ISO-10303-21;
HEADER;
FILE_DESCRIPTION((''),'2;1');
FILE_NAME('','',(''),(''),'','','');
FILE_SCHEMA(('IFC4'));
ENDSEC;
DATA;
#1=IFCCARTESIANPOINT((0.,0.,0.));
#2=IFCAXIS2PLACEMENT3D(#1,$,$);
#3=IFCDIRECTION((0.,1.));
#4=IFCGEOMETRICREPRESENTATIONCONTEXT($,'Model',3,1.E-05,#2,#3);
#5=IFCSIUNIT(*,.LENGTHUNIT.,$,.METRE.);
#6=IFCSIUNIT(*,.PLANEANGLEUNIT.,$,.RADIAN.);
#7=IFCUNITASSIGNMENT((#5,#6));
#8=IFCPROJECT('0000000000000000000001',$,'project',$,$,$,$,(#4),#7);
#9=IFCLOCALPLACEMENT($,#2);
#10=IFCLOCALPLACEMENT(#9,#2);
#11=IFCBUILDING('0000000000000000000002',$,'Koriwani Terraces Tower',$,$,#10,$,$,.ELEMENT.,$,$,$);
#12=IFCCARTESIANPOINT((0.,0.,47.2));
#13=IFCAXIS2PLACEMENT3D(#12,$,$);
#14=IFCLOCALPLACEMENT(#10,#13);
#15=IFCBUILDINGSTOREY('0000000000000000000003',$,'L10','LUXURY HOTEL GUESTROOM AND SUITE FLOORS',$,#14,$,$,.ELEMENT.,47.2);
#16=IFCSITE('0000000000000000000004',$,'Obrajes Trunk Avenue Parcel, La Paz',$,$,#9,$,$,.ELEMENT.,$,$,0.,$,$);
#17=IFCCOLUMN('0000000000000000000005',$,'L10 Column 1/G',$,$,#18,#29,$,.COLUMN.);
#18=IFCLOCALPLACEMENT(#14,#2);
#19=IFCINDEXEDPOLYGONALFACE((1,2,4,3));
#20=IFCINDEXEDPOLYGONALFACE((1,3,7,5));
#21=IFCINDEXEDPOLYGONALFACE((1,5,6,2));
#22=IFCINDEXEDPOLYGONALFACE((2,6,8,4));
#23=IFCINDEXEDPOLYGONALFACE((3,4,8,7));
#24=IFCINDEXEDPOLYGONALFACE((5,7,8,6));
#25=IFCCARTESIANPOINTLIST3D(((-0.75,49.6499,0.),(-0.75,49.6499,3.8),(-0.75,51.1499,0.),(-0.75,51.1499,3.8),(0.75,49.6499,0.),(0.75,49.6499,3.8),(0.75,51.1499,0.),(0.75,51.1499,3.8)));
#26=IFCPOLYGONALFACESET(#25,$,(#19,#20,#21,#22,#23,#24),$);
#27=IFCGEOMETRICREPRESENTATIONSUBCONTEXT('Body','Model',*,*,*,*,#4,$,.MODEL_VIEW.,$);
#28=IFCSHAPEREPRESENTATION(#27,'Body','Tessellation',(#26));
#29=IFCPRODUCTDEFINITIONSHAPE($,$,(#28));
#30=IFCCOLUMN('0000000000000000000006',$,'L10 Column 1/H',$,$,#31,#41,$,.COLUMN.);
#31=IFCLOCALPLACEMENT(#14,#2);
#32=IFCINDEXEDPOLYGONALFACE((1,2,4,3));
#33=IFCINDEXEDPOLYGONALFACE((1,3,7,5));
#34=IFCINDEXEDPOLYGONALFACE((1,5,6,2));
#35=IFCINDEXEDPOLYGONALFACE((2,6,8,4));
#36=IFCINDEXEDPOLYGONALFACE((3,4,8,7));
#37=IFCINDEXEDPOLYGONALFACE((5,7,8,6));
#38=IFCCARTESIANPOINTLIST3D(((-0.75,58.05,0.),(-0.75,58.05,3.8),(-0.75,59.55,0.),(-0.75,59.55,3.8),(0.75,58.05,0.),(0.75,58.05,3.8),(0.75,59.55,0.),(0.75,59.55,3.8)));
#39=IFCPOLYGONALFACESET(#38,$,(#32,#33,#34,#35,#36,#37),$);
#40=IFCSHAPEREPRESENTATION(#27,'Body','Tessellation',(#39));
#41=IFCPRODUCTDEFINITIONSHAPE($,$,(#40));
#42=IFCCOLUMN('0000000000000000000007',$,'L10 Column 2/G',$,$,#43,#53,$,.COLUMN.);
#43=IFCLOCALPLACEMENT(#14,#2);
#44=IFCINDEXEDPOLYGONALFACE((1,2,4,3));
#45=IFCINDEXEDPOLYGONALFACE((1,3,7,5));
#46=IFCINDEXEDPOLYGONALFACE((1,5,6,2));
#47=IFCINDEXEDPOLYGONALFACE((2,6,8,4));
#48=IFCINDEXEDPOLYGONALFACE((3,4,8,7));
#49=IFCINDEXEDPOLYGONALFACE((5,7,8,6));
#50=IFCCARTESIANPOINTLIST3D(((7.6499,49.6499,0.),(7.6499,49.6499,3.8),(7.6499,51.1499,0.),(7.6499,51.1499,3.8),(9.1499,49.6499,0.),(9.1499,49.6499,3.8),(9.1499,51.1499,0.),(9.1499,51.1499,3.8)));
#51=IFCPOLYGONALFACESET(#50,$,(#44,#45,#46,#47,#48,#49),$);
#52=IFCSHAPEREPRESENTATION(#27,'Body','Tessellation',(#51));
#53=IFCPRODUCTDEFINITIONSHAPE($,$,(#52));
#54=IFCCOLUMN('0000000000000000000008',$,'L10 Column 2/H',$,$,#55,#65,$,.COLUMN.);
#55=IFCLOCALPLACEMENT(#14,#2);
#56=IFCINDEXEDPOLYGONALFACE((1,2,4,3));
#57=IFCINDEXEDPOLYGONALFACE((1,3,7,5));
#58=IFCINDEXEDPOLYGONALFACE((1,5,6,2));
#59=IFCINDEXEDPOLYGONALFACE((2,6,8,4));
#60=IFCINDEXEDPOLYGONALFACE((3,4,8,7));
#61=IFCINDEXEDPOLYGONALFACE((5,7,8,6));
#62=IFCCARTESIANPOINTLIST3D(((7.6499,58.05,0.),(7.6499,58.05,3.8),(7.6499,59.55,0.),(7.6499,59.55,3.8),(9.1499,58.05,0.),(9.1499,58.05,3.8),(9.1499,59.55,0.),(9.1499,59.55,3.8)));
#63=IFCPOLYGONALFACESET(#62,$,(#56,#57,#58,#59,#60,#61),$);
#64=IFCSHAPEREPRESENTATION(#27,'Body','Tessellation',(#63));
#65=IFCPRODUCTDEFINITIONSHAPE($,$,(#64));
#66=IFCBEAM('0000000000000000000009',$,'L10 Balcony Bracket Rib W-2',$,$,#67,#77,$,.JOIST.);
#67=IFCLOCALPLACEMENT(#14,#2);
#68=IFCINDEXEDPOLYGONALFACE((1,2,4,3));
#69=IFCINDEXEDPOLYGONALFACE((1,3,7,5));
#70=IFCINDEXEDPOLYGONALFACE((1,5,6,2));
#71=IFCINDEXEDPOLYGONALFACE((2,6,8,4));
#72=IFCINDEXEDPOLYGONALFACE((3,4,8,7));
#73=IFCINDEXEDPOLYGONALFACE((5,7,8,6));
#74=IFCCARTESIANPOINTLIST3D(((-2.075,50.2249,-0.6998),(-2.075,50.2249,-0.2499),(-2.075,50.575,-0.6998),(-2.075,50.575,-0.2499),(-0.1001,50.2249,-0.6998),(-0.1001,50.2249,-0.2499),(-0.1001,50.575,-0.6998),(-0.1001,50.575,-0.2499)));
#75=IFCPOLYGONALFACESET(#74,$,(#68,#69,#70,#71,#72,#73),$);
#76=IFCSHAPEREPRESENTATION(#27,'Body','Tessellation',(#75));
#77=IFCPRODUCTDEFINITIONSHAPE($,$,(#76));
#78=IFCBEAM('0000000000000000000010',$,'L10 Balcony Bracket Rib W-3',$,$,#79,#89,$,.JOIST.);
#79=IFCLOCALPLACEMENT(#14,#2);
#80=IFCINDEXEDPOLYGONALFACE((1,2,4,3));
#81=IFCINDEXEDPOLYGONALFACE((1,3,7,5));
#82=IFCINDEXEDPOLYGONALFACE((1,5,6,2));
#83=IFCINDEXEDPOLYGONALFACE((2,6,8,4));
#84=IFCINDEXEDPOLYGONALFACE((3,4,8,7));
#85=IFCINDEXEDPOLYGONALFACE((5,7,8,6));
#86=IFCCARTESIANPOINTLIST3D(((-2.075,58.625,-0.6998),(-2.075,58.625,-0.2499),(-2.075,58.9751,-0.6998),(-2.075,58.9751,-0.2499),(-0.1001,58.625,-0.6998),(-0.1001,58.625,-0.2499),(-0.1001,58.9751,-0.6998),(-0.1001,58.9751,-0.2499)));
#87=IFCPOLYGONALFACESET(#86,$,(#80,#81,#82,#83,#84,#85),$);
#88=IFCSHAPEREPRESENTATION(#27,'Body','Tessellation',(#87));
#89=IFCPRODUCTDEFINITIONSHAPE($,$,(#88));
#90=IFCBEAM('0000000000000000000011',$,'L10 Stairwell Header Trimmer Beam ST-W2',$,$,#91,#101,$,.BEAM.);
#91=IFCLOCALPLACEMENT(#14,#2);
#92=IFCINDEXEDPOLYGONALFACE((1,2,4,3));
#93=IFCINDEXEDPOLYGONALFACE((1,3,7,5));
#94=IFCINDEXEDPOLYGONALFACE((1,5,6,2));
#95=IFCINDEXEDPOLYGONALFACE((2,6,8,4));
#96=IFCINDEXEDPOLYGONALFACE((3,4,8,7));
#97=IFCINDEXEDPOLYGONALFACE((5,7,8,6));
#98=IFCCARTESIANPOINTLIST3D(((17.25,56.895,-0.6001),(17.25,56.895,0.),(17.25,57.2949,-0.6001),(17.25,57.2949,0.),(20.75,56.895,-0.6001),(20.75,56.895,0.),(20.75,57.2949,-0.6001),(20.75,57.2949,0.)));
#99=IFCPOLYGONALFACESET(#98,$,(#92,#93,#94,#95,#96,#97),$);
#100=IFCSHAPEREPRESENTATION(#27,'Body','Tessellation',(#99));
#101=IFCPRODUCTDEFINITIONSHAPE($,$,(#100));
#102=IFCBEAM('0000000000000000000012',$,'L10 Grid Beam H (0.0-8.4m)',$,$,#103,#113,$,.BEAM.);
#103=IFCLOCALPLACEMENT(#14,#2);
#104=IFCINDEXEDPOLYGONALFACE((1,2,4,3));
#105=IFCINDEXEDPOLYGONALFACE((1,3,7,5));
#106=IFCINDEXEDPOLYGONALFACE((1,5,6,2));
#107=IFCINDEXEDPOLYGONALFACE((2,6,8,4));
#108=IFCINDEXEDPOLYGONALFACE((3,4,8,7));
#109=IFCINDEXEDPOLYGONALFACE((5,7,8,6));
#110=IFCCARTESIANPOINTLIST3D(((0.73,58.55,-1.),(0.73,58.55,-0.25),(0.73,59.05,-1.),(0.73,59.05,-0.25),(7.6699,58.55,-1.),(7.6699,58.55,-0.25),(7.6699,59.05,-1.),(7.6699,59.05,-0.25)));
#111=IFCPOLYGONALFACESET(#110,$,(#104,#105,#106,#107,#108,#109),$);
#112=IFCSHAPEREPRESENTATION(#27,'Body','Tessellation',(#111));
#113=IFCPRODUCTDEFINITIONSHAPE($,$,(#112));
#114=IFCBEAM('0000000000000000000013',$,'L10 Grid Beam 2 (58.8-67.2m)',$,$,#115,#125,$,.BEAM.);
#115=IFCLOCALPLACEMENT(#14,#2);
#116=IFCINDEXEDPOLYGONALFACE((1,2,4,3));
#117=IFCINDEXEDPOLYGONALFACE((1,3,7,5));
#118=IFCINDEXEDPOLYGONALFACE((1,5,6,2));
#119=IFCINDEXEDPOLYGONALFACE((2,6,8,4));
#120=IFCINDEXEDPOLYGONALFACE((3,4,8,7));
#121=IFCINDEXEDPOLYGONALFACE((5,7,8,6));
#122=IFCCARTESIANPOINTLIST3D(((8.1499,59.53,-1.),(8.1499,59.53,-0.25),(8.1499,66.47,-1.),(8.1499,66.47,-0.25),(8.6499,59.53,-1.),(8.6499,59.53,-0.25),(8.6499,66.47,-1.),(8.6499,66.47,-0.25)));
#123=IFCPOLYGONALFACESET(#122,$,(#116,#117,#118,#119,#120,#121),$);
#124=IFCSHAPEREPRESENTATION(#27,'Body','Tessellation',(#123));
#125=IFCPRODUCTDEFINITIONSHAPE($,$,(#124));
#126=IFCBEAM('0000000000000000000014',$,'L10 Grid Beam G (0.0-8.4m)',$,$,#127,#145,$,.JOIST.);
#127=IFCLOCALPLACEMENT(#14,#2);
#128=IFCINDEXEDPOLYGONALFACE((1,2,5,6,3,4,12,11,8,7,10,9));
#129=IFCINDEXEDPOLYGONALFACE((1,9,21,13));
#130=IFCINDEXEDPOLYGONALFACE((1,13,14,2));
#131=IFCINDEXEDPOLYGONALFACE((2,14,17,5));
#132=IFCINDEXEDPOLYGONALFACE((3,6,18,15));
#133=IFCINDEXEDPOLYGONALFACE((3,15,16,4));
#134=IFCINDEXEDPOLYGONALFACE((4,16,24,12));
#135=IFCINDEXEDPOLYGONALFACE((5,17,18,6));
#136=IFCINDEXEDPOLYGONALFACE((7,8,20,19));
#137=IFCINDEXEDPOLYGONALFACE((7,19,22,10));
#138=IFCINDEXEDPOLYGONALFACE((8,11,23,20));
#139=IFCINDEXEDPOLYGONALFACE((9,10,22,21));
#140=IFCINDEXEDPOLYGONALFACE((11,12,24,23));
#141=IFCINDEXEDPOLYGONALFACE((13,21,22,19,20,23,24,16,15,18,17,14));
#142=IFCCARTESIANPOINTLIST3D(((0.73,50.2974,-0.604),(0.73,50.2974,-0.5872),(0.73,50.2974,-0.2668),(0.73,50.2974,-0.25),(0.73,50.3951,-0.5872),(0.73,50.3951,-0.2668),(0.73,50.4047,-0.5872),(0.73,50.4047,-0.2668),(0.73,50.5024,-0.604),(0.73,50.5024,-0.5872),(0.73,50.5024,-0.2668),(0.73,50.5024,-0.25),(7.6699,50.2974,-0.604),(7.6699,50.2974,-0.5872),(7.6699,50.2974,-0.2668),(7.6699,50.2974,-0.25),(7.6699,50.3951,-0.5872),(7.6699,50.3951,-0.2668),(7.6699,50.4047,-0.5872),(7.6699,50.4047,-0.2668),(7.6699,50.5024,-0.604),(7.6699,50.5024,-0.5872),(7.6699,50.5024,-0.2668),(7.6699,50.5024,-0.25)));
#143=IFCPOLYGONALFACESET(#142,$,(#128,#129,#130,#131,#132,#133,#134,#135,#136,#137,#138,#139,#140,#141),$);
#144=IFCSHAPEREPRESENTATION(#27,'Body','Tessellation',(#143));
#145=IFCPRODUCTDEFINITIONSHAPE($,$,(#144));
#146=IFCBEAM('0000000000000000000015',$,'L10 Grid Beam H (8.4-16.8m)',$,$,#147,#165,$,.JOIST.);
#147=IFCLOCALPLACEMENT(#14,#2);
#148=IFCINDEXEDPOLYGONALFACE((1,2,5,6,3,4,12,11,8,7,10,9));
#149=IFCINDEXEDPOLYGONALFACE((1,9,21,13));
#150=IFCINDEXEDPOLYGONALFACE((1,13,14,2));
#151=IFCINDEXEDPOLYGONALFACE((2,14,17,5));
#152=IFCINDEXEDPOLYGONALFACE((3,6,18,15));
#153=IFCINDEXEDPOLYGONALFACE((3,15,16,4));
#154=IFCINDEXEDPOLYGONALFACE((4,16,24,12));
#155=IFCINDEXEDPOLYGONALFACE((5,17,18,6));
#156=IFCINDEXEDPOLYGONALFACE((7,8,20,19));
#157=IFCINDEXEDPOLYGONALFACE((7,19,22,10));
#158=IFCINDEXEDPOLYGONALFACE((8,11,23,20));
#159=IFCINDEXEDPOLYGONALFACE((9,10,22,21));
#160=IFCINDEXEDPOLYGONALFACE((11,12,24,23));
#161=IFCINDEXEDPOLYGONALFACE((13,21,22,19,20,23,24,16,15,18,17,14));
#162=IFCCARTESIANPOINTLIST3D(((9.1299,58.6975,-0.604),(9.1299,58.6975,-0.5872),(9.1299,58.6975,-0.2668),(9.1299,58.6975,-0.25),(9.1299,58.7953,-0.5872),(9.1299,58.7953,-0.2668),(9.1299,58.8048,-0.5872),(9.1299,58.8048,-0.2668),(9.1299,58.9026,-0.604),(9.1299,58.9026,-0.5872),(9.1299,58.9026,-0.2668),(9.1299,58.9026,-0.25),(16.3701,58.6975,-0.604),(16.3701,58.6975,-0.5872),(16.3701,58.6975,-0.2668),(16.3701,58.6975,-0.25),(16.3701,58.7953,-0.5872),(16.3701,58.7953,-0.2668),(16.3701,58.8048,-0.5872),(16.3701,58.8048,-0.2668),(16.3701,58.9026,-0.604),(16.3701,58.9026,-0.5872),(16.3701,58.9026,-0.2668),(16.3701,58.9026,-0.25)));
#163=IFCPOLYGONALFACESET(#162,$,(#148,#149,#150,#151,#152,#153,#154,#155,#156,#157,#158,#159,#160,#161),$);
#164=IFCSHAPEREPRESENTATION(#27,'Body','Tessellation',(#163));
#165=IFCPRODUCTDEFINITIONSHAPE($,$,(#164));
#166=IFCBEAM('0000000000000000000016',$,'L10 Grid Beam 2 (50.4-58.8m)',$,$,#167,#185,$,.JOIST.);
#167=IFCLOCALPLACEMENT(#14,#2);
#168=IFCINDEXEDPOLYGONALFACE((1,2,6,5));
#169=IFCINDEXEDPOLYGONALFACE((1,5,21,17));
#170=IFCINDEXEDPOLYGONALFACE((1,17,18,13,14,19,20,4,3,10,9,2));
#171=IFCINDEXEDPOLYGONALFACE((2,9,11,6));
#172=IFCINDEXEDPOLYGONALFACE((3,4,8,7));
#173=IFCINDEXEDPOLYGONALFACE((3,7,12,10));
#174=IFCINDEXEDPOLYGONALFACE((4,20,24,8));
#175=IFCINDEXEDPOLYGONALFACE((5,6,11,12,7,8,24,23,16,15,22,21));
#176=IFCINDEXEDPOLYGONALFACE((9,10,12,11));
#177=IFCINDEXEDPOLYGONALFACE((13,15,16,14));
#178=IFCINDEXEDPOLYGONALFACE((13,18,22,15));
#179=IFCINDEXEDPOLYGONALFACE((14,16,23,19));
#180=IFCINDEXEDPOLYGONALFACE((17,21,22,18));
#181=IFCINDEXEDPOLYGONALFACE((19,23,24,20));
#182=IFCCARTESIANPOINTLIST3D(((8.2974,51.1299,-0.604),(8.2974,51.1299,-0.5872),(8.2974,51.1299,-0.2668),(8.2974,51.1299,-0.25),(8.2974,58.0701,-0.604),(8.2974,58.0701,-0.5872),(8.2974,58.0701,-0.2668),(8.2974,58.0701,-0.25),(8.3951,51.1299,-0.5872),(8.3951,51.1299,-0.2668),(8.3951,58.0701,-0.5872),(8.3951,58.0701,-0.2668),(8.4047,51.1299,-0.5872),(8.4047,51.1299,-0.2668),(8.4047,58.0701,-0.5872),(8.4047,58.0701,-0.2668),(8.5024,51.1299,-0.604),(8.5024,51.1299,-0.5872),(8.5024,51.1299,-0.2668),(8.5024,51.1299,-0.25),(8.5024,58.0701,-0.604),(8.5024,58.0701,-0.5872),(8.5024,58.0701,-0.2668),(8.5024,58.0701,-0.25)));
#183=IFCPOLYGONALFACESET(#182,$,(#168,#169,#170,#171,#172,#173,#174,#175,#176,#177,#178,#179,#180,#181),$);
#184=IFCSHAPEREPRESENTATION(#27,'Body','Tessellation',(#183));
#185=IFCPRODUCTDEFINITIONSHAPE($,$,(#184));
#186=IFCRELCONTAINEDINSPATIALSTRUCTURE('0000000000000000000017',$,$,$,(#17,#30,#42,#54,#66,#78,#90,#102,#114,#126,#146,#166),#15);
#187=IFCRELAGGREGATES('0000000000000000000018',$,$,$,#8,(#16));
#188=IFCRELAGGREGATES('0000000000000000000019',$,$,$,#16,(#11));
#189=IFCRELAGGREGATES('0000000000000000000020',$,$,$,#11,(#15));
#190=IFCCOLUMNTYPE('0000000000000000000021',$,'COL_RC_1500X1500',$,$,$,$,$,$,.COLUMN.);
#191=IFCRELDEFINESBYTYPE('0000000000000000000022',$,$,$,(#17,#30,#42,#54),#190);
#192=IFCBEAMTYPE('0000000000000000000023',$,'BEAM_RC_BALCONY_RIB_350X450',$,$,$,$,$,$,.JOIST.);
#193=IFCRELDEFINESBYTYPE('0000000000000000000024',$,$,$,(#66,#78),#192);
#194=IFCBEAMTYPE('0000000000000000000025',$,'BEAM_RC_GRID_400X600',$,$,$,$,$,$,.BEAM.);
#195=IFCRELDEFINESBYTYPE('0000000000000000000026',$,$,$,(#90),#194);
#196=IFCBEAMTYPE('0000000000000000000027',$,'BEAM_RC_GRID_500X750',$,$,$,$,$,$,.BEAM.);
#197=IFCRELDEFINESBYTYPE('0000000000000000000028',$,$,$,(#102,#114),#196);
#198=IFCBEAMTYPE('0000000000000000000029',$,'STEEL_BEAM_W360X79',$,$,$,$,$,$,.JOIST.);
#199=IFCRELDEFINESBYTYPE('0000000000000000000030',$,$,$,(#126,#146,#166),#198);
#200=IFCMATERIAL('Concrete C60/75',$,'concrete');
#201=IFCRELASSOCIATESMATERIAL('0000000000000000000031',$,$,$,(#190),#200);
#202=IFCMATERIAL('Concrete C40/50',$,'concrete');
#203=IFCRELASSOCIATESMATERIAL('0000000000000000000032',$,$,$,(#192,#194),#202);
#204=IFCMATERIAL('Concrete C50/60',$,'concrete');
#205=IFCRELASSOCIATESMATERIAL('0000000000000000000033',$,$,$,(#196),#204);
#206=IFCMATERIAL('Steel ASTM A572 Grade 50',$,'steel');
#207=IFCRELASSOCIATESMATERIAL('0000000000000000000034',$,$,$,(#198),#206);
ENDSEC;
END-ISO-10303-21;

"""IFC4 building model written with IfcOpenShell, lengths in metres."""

from ifc_helpers import new_model, si_unit, direction, frame, origin, origin_2d, place, context, subcontext, project, spatial, rectangle, i_section, extrude, material, material_profile, profile_set, type_object, element, save


model = new_model("IFC4")

# Units and contexts
model_context = context("Model", 3, precision=1e-05, world=origin(), true_north=direction((0.0, 1.0)))
body_context = subcontext(model_context, "Body", "Model", "MODEL_VIEW")
ifc_project = project(units=[si_unit("LENGTHUNIT", "METRE"), si_unit("PLANEANGLEUNIT", "RADIAN")], contexts=[model_context])

# Site, building, storey
site_placement = place(None, origin())
site = spatial("IfcSite", under=ifc_project, at=site_placement, Name="Obrajes Trunk Avenue Parcel, La Paz", CompositionType="ELEMENT", RefElevation=0.0)
building_placement = place(site_placement, origin())
building = spatial("IfcBuilding", under=site, at=building_placement, Name="Koriwani Terraces Tower", CompositionType="ELEMENT")
storey_placement = place(building_placement, frame((0.0, 0.0, 47.2)))
storey = spatial("IfcBuildingStorey", under=building, at=storey_placement, Name="L10", Description="LUXURY HOTEL GUESTROOM AND SUITE FLOORS", CompositionType="ELEMENT", Elevation=47.2)

# Columns
ifc_material_1 = material(Name="Concrete C60/75", Category="concrete")
ifc_material_profile_1 = material_profile(ifc_material_1, rectangle(XDim=1.5, YDim=1.5, at=origin_2d()), Name="Concrete C60/75", Category="LoadBearing")
ifc_profile_set_1 = profile_set([ifc_material_profile_1], Name="Concrete C60/75")
column_type = type_object("IfcColumnType", Name="COL_RC_1500X1500", PredefinedType="COLUMN", material=ifc_profile_set_1)
for number, where, z_axis, x_axis, name in (
    (1, (0.0, 50.3999, 0.0), (0.0, 0.0, 1.0), (1.0, 0.0, 0.0), "L10 Column 1/G"),
    (2, (0.0, 58.8, 0.0), (0.0, 0.0, 1.0), (1.0, 0.0, 0.0), "L10 Column 1/H"),
    (3, (8.3999, 50.3999, 0.0), (0.0, 0.0, 1.0), (1.0, 0.0, 0.0), "L10 Column 2/G"),
    (4, (8.3999, 58.8, 0.0), (0.0, 0.0, 1.0), (1.0, 0.0, 0.0), "L10 Column 2/H"),
):
    element("IfcColumn", number, at=place(storey_placement, frame(where, z_axis=z_axis, x_axis=x_axis)), inside=storey, type_object=column_type, Name=name, PredefinedType="COLUMN", context=body_context, shape_type="SweptSolid", body=[
        extrude(rectangle(XDim=1.5, YDim=1.5, at=origin_2d()), origin(), (0.0, 0.0, 1.0), 3.8),
    ])

# Beams
ifc_material_2 = material(Name="Concrete C40/50", Category="concrete")
ifc_material_profile_2 = material_profile(ifc_material_2, rectangle(XDim=0.3501, YDim=0.45, at=origin_2d()), Name="Concrete C40/50", Category="LoadBearing")
ifc_profile_set_2 = profile_set([ifc_material_profile_2], Name="Concrete C40/50")
beam_type_1 = type_object("IfcBeamType", Name="BEAM_RC_BALCONY_RIB_350X450", PredefinedType="JOIST", material=ifc_profile_set_2)
for number, where, z_axis, x_axis, name in (
    (5, (-2.075, 50.3999, -0.4749), (1.0, 0.0, 0.0), (0.0, 1.0, 0.0), "L10 Balcony Bracket Rib W-2"),
    (6, (-2.075, 58.8, -0.4749), (1.0, 0.0, 0.0), (0.0, 1.0, 0.0), "L10 Balcony Bracket Rib W-3"),
):
    element("IfcBeam", number, at=place(storey_placement, frame(where, z_axis=z_axis, x_axis=x_axis)), inside=storey, type_object=beam_type_1, Name=name, PredefinedType="JOIST", context=body_context, shape_type="SweptSolid", body=[
        extrude(rectangle(XDim=0.3501, YDim=0.45, at=origin_2d()), origin(), (0.0, 0.0, 1.0), 1.9749),
    ])
ifc_material_profile_3 = material_profile(ifc_material_2, rectangle(XDim=0.3999, YDim=0.6001, at=origin_2d()), Name="Concrete C40/50", Category="LoadBearing")
ifc_profile_set_3 = profile_set([ifc_material_profile_3], Name="Concrete C40/50")
beam_type_2 = type_object("IfcBeamType", Name="BEAM_RC_GRID_400X600", PredefinedType="BEAM", material=ifc_profile_set_3)
beam_1_placement = place(storey_placement, frame((17.25, 57.095, -0.3), z_axis=(1.0, 0.0, 0.0), x_axis=(0.0, 1.0, 0.0)))
element("IfcBeam", 7, at=beam_1_placement, inside=storey, type_object=beam_type_2, Name="L10 Stairwell Header Trimmer Beam ST-W2", PredefinedType="BEAM", context=body_context, shape_type="SweptSolid", body=[
    extrude(rectangle(XDim=0.3999, YDim=0.6001, at=origin_2d()), origin(), (0.0, 0.0, 1.0), 3.5),
])
ifc_material_3 = material(Name="Concrete C50/60", Category="concrete")
ifc_material_profile_4 = material_profile(ifc_material_3, rectangle(XDim=0.5, YDim=0.75, at=origin_2d()), Name="Concrete C50/60", Category="LoadBearing")
ifc_profile_set_4 = profile_set([ifc_material_profile_4], Name="Concrete C50/60")
beam_type_3 = type_object("IfcBeamType", Name="BEAM_RC_GRID_500X750", PredefinedType="BEAM", material=ifc_profile_set_4)
for number, where, z_axis, x_axis, name in (
    (8, (0.73, 58.8, -0.625), (1.0, 0.0, 0.0), (0.0, 1.0, 0.0), "L10 Grid Beam H (0.0-8.4m)"),
    (9, (8.3999, 59.53, -0.625), (0.0, 1.0, 0.0), (-1.0, 0.0, 0.0), "L10 Grid Beam 2 (58.8-67.2m)"),
):
    element("IfcBeam", number, at=place(storey_placement, frame(where, z_axis=z_axis, x_axis=x_axis)), inside=storey, type_object=beam_type_3, Name=name, PredefinedType="BEAM", context=body_context, shape_type="SweptSolid", body=[
        extrude(rectangle(XDim=0.5, YDim=0.75, at=origin_2d()), origin(), (0.0, 0.0, 1.0), 6.9399),
    ])
ifc_material_4 = material(Name="Steel ASTM A572 Grade 50", Category="steel")
ifc_material_profile_5 = material_profile(ifc_material_4, i_section(OverallWidth=0.2051, OverallDepth=0.354, WebThickness=0.0095, FlangeThickness=0.0168, at=origin_2d()), Name="Steel ASTM A572 Grade 50", Category="LoadBearing")
ifc_profile_set_5 = profile_set([ifc_material_profile_5], Name="Steel ASTM A572 Grade 50")
beam_type_4 = type_object("IfcBeamType", Name="STEEL_BEAM_W360X79", PredefinedType="JOIST", material=ifc_profile_set_5)
beam_2_placement = place(storey_placement, frame((0.73, 50.3999, -0.427), z_axis=(1.0, 0.0, 0.0), x_axis=(0.0, 1.0, 0.0)))
element("IfcBeam", 10, at=beam_2_placement, inside=storey, type_object=beam_type_4, Name="L10 Grid Beam G (0.0-8.4m)", PredefinedType="JOIST", context=body_context, shape_type="SweptSolid", body=[
    extrude(i_section(OverallWidth=0.2051, OverallDepth=0.354, WebThickness=0.0095, FlangeThickness=0.0168, at=origin_2d()), origin(), (0.0, 0.0, 1.0), 6.9399),
])
beam_3_placement = place(storey_placement, frame((9.1299, 58.8, -0.427), z_axis=(1.0, 0.0, 0.0), x_axis=(0.0, 1.0, 0.0)))
element("IfcBeam", 11, at=beam_3_placement, inside=storey, type_object=beam_type_4, Name="L10 Grid Beam H (8.4-16.8m)", PredefinedType="JOIST", context=body_context, shape_type="SweptSolid", body=[
    extrude(i_section(OverallWidth=0.2051, OverallDepth=0.354, WebThickness=0.0095, FlangeThickness=0.0168, at=origin_2d()), origin(), (0.0, 0.0, 1.0), 7.2402),
])
beam_4_placement = place(storey_placement, frame((8.3999, 51.1299, -0.427), z_axis=(0.0, 1.0, 0.0), x_axis=(-1.0, 0.0, 0.0)))
element("IfcBeam", 12, at=beam_4_placement, inside=storey, type_object=beam_type_4, Name="L10 Grid Beam 2 (50.4-58.8m)", PredefinedType="JOIST", context=body_context, shape_type="SweptSolid", body=[
    extrude(i_section(OverallWidth=0.2051, OverallDepth=0.354, WebThickness=0.0095, FlangeThickness=0.0168, at=origin_2d()), origin(), (0.0, 0.0, 1.0), 6.9402),
])

save(model, "model.ifc")
